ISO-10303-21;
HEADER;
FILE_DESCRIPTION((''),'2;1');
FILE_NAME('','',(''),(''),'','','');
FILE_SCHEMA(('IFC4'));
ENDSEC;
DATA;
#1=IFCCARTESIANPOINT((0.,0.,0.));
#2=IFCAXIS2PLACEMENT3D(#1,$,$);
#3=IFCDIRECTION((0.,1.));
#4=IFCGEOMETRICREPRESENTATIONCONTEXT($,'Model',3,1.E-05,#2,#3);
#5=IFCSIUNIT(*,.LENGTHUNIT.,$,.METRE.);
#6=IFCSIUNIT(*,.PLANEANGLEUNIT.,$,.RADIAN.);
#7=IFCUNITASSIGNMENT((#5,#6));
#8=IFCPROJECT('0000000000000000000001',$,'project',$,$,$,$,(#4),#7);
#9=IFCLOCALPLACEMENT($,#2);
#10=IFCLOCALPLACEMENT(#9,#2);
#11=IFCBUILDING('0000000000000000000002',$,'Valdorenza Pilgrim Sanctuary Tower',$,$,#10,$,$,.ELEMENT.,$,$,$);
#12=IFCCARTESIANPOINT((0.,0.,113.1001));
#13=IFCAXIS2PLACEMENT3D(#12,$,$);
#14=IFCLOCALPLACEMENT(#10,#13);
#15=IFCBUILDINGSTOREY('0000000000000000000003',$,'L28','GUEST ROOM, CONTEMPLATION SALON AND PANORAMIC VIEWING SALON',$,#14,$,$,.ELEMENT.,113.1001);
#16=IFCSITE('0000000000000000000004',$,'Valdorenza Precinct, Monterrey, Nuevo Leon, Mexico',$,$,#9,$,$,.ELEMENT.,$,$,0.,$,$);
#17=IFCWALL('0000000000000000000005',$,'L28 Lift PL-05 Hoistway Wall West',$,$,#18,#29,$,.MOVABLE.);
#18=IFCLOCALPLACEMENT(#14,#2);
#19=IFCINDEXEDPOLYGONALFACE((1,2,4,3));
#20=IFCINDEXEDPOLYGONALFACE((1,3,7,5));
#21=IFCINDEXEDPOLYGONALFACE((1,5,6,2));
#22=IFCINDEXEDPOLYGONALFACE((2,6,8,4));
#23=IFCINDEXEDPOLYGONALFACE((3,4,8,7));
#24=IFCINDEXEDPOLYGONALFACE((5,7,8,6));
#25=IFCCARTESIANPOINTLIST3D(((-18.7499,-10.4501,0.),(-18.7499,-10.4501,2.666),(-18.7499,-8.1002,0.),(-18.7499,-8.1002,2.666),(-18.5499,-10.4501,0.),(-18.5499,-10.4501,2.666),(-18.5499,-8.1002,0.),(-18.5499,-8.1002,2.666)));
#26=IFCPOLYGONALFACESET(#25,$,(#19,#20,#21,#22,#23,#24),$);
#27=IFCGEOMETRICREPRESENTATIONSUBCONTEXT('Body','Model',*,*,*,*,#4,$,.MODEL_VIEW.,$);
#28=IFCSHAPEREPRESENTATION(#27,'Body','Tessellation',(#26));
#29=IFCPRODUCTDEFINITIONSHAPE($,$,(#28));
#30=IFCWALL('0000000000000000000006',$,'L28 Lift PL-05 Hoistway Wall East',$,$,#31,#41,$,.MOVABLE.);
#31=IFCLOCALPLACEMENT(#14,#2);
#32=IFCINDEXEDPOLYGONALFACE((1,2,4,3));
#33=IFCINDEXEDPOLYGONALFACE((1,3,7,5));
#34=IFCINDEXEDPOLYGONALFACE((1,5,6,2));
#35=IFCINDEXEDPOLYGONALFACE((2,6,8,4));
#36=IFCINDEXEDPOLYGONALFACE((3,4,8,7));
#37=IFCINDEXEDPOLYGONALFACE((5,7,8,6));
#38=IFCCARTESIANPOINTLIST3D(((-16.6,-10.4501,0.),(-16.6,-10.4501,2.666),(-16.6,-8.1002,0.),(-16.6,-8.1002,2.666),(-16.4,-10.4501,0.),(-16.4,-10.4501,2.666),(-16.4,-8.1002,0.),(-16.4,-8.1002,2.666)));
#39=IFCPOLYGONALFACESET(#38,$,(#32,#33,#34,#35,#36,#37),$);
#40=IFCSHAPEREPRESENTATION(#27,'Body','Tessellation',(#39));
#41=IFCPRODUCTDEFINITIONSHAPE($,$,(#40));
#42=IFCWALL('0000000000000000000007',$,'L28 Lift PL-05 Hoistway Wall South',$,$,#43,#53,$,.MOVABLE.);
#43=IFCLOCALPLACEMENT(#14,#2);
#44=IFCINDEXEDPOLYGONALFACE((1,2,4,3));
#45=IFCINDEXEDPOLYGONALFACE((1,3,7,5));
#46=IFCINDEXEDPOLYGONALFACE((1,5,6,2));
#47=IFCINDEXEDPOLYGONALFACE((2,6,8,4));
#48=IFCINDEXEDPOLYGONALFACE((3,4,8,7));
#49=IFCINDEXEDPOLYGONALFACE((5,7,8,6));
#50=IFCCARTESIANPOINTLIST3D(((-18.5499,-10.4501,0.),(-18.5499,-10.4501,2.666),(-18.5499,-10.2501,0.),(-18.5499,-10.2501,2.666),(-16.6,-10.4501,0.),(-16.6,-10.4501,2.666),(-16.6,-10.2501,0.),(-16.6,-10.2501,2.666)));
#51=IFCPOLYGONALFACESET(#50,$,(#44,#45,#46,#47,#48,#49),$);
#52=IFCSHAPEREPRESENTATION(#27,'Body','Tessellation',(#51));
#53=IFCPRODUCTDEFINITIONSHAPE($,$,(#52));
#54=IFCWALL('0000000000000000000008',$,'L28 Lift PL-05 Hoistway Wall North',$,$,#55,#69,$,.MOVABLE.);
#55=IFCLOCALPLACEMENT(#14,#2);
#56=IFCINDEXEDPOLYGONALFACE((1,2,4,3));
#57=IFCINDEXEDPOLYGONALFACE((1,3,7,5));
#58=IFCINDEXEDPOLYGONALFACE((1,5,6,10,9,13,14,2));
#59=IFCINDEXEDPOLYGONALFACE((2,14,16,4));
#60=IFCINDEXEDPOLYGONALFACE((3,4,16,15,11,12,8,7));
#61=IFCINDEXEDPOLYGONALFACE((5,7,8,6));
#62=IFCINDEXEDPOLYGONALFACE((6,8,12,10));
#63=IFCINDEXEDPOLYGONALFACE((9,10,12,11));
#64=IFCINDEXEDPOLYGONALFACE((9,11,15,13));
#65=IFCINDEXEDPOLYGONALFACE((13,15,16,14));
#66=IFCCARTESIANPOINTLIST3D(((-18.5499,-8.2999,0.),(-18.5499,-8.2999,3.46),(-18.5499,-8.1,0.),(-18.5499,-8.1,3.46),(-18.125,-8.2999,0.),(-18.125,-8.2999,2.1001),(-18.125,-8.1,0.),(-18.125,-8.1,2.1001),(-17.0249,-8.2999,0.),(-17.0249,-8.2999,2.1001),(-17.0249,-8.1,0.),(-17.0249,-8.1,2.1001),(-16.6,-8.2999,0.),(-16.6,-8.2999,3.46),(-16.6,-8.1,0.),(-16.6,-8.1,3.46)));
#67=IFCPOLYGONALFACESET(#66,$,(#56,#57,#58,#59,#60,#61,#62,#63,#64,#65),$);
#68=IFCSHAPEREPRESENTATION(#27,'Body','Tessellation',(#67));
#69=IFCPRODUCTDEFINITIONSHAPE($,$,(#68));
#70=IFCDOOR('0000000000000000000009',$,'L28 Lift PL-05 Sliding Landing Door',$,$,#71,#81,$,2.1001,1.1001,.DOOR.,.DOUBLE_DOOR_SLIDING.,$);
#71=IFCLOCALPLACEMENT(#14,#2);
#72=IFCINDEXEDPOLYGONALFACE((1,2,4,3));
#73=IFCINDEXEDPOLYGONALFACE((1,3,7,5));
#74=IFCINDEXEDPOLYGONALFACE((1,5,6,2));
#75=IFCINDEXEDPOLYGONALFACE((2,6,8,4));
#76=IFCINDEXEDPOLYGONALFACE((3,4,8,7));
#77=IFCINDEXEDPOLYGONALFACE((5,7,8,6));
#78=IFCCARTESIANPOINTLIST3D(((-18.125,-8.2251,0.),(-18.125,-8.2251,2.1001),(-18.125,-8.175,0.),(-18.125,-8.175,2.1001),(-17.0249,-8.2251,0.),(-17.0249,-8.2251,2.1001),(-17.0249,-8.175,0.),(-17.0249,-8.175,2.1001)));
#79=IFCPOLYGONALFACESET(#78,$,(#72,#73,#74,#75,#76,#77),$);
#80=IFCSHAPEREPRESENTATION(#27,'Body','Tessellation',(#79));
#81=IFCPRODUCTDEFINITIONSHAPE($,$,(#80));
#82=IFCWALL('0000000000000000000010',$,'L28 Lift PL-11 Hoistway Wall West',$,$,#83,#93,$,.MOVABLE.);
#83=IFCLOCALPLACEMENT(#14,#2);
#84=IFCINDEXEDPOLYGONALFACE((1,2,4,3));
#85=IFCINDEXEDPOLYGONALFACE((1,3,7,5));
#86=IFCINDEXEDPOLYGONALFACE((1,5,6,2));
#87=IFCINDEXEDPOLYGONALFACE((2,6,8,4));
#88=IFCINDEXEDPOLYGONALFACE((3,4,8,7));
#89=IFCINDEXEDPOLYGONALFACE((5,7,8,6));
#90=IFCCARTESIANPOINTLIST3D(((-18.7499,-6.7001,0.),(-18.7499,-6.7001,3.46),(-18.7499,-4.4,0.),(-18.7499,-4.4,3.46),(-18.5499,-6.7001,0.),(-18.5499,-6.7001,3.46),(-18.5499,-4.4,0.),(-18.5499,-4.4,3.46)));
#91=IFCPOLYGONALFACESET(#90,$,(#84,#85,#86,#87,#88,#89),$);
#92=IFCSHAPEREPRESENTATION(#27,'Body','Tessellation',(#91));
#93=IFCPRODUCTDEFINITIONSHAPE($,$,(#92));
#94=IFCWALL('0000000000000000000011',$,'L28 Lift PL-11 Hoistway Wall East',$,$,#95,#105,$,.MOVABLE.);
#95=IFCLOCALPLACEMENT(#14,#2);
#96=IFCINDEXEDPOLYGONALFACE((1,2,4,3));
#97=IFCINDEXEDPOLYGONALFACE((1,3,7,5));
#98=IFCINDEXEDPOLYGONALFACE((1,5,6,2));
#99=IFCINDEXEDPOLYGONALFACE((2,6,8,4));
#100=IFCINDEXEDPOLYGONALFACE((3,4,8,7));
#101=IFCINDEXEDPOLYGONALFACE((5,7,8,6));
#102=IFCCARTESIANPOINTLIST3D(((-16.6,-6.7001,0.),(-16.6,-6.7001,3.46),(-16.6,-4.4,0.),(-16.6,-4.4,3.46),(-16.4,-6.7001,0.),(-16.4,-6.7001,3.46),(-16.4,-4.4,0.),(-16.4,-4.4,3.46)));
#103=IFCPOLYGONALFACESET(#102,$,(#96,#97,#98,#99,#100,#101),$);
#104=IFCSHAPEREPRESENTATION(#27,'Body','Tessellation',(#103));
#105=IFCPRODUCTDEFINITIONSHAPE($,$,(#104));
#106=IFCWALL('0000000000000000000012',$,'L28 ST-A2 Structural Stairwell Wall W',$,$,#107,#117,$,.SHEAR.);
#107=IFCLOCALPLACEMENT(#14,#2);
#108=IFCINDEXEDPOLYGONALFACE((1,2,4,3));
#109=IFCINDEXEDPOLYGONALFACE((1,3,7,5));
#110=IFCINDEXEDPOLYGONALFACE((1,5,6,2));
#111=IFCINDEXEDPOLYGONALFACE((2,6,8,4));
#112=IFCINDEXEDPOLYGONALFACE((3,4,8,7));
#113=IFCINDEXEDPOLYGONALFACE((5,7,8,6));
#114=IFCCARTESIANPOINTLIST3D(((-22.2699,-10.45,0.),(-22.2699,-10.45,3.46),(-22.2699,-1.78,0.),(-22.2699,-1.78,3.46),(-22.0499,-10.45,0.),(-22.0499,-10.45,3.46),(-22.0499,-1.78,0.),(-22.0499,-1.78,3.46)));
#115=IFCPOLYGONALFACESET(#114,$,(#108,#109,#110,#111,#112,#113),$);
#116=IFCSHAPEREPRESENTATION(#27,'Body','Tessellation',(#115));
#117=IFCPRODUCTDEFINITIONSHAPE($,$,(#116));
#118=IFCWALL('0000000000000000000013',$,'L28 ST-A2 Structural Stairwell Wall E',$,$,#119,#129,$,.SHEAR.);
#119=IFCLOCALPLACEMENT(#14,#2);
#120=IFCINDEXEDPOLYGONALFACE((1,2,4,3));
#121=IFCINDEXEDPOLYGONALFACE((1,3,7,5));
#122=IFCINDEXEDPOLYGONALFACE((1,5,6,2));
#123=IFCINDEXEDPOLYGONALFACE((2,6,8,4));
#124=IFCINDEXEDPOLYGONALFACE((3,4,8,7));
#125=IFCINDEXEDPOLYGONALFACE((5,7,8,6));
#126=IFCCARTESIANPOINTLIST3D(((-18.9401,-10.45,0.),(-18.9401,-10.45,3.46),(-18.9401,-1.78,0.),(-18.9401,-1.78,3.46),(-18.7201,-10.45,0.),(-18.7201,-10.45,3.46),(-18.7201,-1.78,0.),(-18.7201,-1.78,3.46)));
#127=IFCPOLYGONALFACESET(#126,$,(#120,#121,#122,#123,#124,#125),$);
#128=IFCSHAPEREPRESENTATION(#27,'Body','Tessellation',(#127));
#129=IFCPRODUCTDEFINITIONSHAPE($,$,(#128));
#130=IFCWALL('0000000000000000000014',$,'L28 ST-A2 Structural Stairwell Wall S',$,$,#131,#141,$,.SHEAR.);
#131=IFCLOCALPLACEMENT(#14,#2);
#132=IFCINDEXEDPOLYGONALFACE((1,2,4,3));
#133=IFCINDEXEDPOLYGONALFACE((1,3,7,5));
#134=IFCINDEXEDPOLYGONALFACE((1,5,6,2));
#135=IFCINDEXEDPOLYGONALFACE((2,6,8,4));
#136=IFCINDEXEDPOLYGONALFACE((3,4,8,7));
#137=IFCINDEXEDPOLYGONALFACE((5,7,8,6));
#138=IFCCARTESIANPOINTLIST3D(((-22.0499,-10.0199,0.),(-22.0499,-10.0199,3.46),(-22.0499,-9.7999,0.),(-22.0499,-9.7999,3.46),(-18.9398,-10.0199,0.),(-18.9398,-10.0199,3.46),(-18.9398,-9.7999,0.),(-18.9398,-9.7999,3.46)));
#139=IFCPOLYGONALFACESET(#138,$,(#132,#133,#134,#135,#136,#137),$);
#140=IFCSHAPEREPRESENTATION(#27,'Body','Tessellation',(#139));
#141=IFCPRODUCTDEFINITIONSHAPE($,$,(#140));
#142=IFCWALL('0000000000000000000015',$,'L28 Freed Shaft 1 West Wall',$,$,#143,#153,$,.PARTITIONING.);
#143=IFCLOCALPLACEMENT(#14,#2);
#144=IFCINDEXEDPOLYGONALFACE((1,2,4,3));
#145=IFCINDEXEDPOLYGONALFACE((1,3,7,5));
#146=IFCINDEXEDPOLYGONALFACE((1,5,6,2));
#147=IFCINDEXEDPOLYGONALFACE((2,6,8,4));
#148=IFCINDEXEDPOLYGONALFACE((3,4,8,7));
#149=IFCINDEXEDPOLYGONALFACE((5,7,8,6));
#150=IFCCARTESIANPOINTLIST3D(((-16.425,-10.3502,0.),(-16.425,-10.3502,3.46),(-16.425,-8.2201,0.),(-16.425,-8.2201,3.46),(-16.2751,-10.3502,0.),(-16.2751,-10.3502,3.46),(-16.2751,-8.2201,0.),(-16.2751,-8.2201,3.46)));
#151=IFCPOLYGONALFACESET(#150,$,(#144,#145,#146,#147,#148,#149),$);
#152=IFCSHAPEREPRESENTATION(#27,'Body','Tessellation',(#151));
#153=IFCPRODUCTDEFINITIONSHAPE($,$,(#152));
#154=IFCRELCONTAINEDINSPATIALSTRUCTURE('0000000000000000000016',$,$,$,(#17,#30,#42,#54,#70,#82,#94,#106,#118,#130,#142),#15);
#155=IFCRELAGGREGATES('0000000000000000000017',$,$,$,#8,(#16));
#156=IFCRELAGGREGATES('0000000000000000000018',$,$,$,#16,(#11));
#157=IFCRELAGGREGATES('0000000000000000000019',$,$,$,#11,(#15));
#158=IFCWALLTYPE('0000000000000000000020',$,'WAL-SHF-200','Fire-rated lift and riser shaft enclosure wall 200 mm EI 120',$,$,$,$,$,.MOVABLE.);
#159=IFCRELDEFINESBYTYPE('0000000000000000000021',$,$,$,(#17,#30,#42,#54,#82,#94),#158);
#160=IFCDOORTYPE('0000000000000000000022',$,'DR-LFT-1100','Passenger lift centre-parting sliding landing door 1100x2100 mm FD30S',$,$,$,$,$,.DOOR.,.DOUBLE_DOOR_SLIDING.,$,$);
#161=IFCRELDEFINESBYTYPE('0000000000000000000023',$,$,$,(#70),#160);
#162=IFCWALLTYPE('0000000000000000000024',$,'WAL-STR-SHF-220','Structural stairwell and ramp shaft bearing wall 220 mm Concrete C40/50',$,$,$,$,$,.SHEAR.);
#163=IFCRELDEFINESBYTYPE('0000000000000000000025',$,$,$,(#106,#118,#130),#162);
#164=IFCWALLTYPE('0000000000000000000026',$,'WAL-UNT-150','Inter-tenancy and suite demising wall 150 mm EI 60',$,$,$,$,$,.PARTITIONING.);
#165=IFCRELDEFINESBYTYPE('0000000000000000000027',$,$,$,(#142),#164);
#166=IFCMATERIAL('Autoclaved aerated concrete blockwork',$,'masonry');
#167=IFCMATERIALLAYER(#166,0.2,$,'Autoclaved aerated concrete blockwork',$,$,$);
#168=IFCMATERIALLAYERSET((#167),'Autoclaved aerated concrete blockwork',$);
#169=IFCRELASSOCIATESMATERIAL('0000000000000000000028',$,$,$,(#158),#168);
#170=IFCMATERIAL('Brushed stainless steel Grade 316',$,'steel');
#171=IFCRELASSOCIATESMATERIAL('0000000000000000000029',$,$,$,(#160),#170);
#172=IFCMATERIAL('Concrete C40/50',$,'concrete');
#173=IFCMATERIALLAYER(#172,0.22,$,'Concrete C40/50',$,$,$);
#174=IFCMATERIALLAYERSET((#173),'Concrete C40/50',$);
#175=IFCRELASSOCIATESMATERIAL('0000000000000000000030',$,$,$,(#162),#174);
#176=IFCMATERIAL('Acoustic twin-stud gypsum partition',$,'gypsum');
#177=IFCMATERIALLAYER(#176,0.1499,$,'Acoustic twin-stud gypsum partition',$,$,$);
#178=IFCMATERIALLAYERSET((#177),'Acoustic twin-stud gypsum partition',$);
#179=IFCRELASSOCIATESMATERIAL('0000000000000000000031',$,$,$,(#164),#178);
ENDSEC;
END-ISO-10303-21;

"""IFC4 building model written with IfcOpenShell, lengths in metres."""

from ifc_helpers import new_model, si_unit, direction, frame, frame_2d, origin, place, context, subcontext, project, spatial, rectangle, extrude, material, layer, layer_set, type_object, element, fill, save


model = new_model("IFC4")

# Units and contexts
model_context = context("Model", 3, precision=1e-05, world=origin(), true_north=direction((0.0, 1.0)))
body_context = subcontext(model_context, "Body", "Model", "MODEL_VIEW")
ifc_project = project(units=[si_unit("LENGTHUNIT", "METRE"), si_unit("PLANEANGLEUNIT", "RADIAN")], contexts=[model_context])

# Site, building, storey
site_placement = place(None, origin())
site = spatial("IfcSite", under=ifc_project, at=site_placement, Name="Valdorenza Precinct, Monterrey, Nuevo Leon, Mexico", CompositionType="ELEMENT", RefElevation=0.0)
building_placement = place(site_placement, origin())
building = spatial("IfcBuilding", under=site, at=building_placement, Name="Valdorenza Pilgrim Sanctuary Tower", CompositionType="ELEMENT")
storey_placement = place(building_placement, frame((0.0, 0.0, 113.1001)))
storey = spatial("IfcBuildingStorey", under=building, at=storey_placement, Name="L28", Description="GUEST ROOM, CONTEMPLATION SALON AND PANORAMIC VIEWING SALON", CompositionType="ELEMENT", Elevation=113.1001)

# Shared definitions
ifc_material_1 = material(Name="Acoustic twin-stud gypsum partition", Category="gypsum")

# Walls
ifc_material_2 = material(Name="Autoclaved aerated concrete blockwork", Category="masonry")
ifc_layer_1 = layer(ifc_material_2, 0.2, Name="Autoclaved aerated concrete blockwork")
ifc_layer_set_1 = layer_set([ifc_layer_1], Name="Autoclaved aerated concrete blockwork")
wall_type_1 = type_object("IfcWallType", Name="WAL-SHF-200", Description="Fire-rated lift and riser shaft enclosure wall 200 mm EI 120", PredefinedType="MOVABLE", material=ifc_layer_set_1)
for number, where, z_axis, x_axis, name in (
    (1, (-18.6499, -10.45, 0.0), (0.0, 0.0, 1.0), (0.0, 1.0, 0.0), "L28 Lift PL-05 Hoistway Wall West"),
    (2, (-16.5, -10.45, 0.0), (0.0, 0.0, 1.0), (0.0, 1.0, 0.0), "L28 Lift PL-05 Hoistway Wall East"),
):
    element("IfcWall", number, at=place(storey_placement, frame(where, z_axis=z_axis, x_axis=x_axis)), inside=storey, type_object=wall_type_1, Name=name, PredefinedType="MOVABLE", context=body_context, shape_type="SweptSolid", body=[
        extrude(rectangle(XDim=2.3499, YDim=0.2, at=frame_2d((1.1748, 0.0))), origin(), (0.0, 0.0, 1.0), 2.666),
    ])
wall_1_placement = place(storey_placement, frame((-18.55, -10.3501, 0.0), z_axis=(0.0, 0.0, 1.0), x_axis=(1.0, 0.0, 0.0)))
element("IfcWall", 3, at=wall_1_placement, inside=storey, type_object=wall_type_1, Name="L28 Lift PL-05 Hoistway Wall South", PredefinedType="MOVABLE", context=body_context, shape_type="SweptSolid", body=[
    extrude(rectangle(XDim=1.95, YDim=0.2, at=frame_2d((0.9751, 0.0))), origin(), (0.0, 0.0, 1.0), 2.666),
])

# Wall, opening, door
wall_2_placement = place(storey_placement, frame((-18.55, -8.2, 0.0), z_axis=(0.0, 0.0, 1.0), x_axis=(1.0, 0.0, 0.0)))
wall_2 = element("IfcWall", 4, at=wall_2_placement, inside=storey, type_object=wall_type_1, Name="L28 Lift PL-05 Hoistway Wall North", PredefinedType="MOVABLE", context=body_context, shape_type="SweptSolid", body=[
    extrude(rectangle(XDim=1.95, YDim=0.2, at=frame_2d((0.9751, 0.0))), origin(), (0.0, 0.0, 1.0), 3.46),
])
opening_1_placement = place(wall_2_placement, frame((0.425, 0.0, 0.0)))
opening_1 = element("IfcOpeningElement", 5, at=opening_1_placement, cuts=wall_2, PredefinedType="OPENING", context=body_context, shape_type="SweptSolid", body=[
    extrude(rectangle(XDim=1.1001, YDim=2.1001, at=frame_2d((0.55, 1.05))), frame((0.0, 0.1147, 0.0), z_axis=(0.0, -1.0, 0.0), x_axis=(1.0, 0.0, 0.0)), (0.0, 0.0, 1.0), 0.2297),
])
ifc_material_3 = material(Name="Brushed stainless steel Grade 316", Category="steel")
door_type_1 = type_object("IfcDoorType", Name="DR-LFT-1100", Description="Passenger lift centre-parting sliding landing door 1100x2100 mm FD30S", OperationType="DOUBLE_DOOR_SLIDING", PredefinedType="DOOR", material=ifc_material_3)
door_1_placement = place(opening_1_placement, origin())
door_1 = element("IfcDoor", 6, at=door_1_placement, inside=storey, type_object=door_type_1, Name="L28 Lift PL-05 Sliding Landing Door", OperationType="DOUBLE_DOOR_SLIDING", OverallHeight=2.1001, OverallWidth=1.1001, PredefinedType="DOOR", context=body_context, shape_type="SweptSolid", body=[
    extrude(rectangle(XDim=1.1001, YDim=2.1001, at=frame_2d((0.55, 1.05))), frame((0.0, 0.0249, 0.0), z_axis=(0.0, -1.0, 0.0), x_axis=(1.0, 0.0, 0.0)), (0.0, 0.0, 1.0), 0.05),
])
fill(opening_1, door_1)

# Walls
for number, where, z_axis, x_axis, name in (
    (7, (-18.6499, -6.7, 0.0), (0.0, 0.0, 1.0), (0.0, 1.0, 0.0), "L28 Lift PL-11 Hoistway Wall West"),
    (8, (-16.5, -6.7, 0.0), (0.0, 0.0, 1.0), (0.0, 1.0, 0.0), "L28 Lift PL-11 Hoistway Wall East"),
):
    element("IfcWall", number, at=place(storey_placement, frame(where, z_axis=z_axis, x_axis=x_axis)), inside=storey, type_object=wall_type_1, Name=name, PredefinedType="MOVABLE", context=body_context, shape_type="SweptSolid", body=[
        extrude(rectangle(XDim=2.3, YDim=0.2, at=frame_2d((1.1499, 0.0))), origin(), (0.0, 0.0, 1.0), 3.46),
    ])
ifc_material_4 = material(Name="Concrete C40/50", Category="concrete")
ifc_layer_2 = layer(ifc_material_4, 0.22, Name="Concrete C40/50")
ifc_layer_set_2 = layer_set([ifc_layer_2], Name="Concrete C40/50")
wall_type_2 = type_object("IfcWallType", Name="WAL-STR-SHF-220", Description="Structural stairwell and ramp shaft bearing wall 220 mm Concrete C40/50", PredefinedType="SHEAR", material=ifc_layer_set_2)
for number, where, z_axis, x_axis, name in (
    (9, (-22.1599, -10.45, 0.0), (0.0, 0.0, 1.0), (0.0, 1.0, 0.0), "L28 ST-A2 Structural Stairwell Wall W"),
    (10, (-18.8301, -10.45, 0.0), (0.0, 0.0, 1.0), (0.0, 1.0, 0.0), "L28 ST-A2 Structural Stairwell Wall E"),
):
    element("IfcWall", number, at=place(storey_placement, frame(where, z_axis=z_axis, x_axis=x_axis)), inside=storey, type_object=wall_type_2, Name=name, PredefinedType="SHEAR", context=body_context, shape_type="SweptSolid", body=[
        extrude(rectangle(XDim=8.6699, YDim=0.22, at=frame_2d((4.335, 0.0))), origin(), (0.0, 0.0, 1.0), 3.46),
    ])
wall_3_placement = place(storey_placement, frame((-22.05, -9.9099, 0.0), z_axis=(0.0, 0.0, 1.0), x_axis=(1.0, 0.0, 0.0)))
element("IfcWall", 11, at=wall_3_placement, inside=storey, type_object=wall_type_2, Name="L28 ST-A2 Structural Stairwell Wall S", PredefinedType="SHEAR", context=body_context, shape_type="SweptSolid", body=[
    extrude(rectangle(XDim=3.1101, YDim=0.22, at=frame_2d((1.5552, 0.0))), origin(), (0.0, 0.0, 1.0), 3.46),
])
ifc_layer_3 = layer(ifc_material_1, 0.1499, Name="Acoustic twin-stud gypsum partition")
ifc_layer_set_3 = layer_set([ifc_layer_3], Name="Acoustic twin-stud gypsum partition")
wall_type_3 = type_object("IfcWallType", Name="WAL-UNT-150", Description="Inter-tenancy and suite demising wall 150 mm EI 60", PredefinedType="PARTITIONING", material=ifc_layer_set_3)
wall_4_placement = place(storey_placement, frame((-16.3501, -10.3501, 0.0), z_axis=(0.0, 0.0, 1.0), x_axis=(0.0, 1.0, 0.0)))
element("IfcWall", 12, at=wall_4_placement, inside=storey, type_object=wall_type_3, Name="L28 Freed Shaft 1 West Wall", PredefinedType="PARTITIONING", context=body_context, shape_type="SweptSolid", body=[
    extrude(rectangle(XDim=2.1301, YDim=0.1499, at=frame_2d((1.0649, 0.0))), origin(), (0.0, 0.0, 1.0), 3.46),
])

save(model, "model.ifc")
